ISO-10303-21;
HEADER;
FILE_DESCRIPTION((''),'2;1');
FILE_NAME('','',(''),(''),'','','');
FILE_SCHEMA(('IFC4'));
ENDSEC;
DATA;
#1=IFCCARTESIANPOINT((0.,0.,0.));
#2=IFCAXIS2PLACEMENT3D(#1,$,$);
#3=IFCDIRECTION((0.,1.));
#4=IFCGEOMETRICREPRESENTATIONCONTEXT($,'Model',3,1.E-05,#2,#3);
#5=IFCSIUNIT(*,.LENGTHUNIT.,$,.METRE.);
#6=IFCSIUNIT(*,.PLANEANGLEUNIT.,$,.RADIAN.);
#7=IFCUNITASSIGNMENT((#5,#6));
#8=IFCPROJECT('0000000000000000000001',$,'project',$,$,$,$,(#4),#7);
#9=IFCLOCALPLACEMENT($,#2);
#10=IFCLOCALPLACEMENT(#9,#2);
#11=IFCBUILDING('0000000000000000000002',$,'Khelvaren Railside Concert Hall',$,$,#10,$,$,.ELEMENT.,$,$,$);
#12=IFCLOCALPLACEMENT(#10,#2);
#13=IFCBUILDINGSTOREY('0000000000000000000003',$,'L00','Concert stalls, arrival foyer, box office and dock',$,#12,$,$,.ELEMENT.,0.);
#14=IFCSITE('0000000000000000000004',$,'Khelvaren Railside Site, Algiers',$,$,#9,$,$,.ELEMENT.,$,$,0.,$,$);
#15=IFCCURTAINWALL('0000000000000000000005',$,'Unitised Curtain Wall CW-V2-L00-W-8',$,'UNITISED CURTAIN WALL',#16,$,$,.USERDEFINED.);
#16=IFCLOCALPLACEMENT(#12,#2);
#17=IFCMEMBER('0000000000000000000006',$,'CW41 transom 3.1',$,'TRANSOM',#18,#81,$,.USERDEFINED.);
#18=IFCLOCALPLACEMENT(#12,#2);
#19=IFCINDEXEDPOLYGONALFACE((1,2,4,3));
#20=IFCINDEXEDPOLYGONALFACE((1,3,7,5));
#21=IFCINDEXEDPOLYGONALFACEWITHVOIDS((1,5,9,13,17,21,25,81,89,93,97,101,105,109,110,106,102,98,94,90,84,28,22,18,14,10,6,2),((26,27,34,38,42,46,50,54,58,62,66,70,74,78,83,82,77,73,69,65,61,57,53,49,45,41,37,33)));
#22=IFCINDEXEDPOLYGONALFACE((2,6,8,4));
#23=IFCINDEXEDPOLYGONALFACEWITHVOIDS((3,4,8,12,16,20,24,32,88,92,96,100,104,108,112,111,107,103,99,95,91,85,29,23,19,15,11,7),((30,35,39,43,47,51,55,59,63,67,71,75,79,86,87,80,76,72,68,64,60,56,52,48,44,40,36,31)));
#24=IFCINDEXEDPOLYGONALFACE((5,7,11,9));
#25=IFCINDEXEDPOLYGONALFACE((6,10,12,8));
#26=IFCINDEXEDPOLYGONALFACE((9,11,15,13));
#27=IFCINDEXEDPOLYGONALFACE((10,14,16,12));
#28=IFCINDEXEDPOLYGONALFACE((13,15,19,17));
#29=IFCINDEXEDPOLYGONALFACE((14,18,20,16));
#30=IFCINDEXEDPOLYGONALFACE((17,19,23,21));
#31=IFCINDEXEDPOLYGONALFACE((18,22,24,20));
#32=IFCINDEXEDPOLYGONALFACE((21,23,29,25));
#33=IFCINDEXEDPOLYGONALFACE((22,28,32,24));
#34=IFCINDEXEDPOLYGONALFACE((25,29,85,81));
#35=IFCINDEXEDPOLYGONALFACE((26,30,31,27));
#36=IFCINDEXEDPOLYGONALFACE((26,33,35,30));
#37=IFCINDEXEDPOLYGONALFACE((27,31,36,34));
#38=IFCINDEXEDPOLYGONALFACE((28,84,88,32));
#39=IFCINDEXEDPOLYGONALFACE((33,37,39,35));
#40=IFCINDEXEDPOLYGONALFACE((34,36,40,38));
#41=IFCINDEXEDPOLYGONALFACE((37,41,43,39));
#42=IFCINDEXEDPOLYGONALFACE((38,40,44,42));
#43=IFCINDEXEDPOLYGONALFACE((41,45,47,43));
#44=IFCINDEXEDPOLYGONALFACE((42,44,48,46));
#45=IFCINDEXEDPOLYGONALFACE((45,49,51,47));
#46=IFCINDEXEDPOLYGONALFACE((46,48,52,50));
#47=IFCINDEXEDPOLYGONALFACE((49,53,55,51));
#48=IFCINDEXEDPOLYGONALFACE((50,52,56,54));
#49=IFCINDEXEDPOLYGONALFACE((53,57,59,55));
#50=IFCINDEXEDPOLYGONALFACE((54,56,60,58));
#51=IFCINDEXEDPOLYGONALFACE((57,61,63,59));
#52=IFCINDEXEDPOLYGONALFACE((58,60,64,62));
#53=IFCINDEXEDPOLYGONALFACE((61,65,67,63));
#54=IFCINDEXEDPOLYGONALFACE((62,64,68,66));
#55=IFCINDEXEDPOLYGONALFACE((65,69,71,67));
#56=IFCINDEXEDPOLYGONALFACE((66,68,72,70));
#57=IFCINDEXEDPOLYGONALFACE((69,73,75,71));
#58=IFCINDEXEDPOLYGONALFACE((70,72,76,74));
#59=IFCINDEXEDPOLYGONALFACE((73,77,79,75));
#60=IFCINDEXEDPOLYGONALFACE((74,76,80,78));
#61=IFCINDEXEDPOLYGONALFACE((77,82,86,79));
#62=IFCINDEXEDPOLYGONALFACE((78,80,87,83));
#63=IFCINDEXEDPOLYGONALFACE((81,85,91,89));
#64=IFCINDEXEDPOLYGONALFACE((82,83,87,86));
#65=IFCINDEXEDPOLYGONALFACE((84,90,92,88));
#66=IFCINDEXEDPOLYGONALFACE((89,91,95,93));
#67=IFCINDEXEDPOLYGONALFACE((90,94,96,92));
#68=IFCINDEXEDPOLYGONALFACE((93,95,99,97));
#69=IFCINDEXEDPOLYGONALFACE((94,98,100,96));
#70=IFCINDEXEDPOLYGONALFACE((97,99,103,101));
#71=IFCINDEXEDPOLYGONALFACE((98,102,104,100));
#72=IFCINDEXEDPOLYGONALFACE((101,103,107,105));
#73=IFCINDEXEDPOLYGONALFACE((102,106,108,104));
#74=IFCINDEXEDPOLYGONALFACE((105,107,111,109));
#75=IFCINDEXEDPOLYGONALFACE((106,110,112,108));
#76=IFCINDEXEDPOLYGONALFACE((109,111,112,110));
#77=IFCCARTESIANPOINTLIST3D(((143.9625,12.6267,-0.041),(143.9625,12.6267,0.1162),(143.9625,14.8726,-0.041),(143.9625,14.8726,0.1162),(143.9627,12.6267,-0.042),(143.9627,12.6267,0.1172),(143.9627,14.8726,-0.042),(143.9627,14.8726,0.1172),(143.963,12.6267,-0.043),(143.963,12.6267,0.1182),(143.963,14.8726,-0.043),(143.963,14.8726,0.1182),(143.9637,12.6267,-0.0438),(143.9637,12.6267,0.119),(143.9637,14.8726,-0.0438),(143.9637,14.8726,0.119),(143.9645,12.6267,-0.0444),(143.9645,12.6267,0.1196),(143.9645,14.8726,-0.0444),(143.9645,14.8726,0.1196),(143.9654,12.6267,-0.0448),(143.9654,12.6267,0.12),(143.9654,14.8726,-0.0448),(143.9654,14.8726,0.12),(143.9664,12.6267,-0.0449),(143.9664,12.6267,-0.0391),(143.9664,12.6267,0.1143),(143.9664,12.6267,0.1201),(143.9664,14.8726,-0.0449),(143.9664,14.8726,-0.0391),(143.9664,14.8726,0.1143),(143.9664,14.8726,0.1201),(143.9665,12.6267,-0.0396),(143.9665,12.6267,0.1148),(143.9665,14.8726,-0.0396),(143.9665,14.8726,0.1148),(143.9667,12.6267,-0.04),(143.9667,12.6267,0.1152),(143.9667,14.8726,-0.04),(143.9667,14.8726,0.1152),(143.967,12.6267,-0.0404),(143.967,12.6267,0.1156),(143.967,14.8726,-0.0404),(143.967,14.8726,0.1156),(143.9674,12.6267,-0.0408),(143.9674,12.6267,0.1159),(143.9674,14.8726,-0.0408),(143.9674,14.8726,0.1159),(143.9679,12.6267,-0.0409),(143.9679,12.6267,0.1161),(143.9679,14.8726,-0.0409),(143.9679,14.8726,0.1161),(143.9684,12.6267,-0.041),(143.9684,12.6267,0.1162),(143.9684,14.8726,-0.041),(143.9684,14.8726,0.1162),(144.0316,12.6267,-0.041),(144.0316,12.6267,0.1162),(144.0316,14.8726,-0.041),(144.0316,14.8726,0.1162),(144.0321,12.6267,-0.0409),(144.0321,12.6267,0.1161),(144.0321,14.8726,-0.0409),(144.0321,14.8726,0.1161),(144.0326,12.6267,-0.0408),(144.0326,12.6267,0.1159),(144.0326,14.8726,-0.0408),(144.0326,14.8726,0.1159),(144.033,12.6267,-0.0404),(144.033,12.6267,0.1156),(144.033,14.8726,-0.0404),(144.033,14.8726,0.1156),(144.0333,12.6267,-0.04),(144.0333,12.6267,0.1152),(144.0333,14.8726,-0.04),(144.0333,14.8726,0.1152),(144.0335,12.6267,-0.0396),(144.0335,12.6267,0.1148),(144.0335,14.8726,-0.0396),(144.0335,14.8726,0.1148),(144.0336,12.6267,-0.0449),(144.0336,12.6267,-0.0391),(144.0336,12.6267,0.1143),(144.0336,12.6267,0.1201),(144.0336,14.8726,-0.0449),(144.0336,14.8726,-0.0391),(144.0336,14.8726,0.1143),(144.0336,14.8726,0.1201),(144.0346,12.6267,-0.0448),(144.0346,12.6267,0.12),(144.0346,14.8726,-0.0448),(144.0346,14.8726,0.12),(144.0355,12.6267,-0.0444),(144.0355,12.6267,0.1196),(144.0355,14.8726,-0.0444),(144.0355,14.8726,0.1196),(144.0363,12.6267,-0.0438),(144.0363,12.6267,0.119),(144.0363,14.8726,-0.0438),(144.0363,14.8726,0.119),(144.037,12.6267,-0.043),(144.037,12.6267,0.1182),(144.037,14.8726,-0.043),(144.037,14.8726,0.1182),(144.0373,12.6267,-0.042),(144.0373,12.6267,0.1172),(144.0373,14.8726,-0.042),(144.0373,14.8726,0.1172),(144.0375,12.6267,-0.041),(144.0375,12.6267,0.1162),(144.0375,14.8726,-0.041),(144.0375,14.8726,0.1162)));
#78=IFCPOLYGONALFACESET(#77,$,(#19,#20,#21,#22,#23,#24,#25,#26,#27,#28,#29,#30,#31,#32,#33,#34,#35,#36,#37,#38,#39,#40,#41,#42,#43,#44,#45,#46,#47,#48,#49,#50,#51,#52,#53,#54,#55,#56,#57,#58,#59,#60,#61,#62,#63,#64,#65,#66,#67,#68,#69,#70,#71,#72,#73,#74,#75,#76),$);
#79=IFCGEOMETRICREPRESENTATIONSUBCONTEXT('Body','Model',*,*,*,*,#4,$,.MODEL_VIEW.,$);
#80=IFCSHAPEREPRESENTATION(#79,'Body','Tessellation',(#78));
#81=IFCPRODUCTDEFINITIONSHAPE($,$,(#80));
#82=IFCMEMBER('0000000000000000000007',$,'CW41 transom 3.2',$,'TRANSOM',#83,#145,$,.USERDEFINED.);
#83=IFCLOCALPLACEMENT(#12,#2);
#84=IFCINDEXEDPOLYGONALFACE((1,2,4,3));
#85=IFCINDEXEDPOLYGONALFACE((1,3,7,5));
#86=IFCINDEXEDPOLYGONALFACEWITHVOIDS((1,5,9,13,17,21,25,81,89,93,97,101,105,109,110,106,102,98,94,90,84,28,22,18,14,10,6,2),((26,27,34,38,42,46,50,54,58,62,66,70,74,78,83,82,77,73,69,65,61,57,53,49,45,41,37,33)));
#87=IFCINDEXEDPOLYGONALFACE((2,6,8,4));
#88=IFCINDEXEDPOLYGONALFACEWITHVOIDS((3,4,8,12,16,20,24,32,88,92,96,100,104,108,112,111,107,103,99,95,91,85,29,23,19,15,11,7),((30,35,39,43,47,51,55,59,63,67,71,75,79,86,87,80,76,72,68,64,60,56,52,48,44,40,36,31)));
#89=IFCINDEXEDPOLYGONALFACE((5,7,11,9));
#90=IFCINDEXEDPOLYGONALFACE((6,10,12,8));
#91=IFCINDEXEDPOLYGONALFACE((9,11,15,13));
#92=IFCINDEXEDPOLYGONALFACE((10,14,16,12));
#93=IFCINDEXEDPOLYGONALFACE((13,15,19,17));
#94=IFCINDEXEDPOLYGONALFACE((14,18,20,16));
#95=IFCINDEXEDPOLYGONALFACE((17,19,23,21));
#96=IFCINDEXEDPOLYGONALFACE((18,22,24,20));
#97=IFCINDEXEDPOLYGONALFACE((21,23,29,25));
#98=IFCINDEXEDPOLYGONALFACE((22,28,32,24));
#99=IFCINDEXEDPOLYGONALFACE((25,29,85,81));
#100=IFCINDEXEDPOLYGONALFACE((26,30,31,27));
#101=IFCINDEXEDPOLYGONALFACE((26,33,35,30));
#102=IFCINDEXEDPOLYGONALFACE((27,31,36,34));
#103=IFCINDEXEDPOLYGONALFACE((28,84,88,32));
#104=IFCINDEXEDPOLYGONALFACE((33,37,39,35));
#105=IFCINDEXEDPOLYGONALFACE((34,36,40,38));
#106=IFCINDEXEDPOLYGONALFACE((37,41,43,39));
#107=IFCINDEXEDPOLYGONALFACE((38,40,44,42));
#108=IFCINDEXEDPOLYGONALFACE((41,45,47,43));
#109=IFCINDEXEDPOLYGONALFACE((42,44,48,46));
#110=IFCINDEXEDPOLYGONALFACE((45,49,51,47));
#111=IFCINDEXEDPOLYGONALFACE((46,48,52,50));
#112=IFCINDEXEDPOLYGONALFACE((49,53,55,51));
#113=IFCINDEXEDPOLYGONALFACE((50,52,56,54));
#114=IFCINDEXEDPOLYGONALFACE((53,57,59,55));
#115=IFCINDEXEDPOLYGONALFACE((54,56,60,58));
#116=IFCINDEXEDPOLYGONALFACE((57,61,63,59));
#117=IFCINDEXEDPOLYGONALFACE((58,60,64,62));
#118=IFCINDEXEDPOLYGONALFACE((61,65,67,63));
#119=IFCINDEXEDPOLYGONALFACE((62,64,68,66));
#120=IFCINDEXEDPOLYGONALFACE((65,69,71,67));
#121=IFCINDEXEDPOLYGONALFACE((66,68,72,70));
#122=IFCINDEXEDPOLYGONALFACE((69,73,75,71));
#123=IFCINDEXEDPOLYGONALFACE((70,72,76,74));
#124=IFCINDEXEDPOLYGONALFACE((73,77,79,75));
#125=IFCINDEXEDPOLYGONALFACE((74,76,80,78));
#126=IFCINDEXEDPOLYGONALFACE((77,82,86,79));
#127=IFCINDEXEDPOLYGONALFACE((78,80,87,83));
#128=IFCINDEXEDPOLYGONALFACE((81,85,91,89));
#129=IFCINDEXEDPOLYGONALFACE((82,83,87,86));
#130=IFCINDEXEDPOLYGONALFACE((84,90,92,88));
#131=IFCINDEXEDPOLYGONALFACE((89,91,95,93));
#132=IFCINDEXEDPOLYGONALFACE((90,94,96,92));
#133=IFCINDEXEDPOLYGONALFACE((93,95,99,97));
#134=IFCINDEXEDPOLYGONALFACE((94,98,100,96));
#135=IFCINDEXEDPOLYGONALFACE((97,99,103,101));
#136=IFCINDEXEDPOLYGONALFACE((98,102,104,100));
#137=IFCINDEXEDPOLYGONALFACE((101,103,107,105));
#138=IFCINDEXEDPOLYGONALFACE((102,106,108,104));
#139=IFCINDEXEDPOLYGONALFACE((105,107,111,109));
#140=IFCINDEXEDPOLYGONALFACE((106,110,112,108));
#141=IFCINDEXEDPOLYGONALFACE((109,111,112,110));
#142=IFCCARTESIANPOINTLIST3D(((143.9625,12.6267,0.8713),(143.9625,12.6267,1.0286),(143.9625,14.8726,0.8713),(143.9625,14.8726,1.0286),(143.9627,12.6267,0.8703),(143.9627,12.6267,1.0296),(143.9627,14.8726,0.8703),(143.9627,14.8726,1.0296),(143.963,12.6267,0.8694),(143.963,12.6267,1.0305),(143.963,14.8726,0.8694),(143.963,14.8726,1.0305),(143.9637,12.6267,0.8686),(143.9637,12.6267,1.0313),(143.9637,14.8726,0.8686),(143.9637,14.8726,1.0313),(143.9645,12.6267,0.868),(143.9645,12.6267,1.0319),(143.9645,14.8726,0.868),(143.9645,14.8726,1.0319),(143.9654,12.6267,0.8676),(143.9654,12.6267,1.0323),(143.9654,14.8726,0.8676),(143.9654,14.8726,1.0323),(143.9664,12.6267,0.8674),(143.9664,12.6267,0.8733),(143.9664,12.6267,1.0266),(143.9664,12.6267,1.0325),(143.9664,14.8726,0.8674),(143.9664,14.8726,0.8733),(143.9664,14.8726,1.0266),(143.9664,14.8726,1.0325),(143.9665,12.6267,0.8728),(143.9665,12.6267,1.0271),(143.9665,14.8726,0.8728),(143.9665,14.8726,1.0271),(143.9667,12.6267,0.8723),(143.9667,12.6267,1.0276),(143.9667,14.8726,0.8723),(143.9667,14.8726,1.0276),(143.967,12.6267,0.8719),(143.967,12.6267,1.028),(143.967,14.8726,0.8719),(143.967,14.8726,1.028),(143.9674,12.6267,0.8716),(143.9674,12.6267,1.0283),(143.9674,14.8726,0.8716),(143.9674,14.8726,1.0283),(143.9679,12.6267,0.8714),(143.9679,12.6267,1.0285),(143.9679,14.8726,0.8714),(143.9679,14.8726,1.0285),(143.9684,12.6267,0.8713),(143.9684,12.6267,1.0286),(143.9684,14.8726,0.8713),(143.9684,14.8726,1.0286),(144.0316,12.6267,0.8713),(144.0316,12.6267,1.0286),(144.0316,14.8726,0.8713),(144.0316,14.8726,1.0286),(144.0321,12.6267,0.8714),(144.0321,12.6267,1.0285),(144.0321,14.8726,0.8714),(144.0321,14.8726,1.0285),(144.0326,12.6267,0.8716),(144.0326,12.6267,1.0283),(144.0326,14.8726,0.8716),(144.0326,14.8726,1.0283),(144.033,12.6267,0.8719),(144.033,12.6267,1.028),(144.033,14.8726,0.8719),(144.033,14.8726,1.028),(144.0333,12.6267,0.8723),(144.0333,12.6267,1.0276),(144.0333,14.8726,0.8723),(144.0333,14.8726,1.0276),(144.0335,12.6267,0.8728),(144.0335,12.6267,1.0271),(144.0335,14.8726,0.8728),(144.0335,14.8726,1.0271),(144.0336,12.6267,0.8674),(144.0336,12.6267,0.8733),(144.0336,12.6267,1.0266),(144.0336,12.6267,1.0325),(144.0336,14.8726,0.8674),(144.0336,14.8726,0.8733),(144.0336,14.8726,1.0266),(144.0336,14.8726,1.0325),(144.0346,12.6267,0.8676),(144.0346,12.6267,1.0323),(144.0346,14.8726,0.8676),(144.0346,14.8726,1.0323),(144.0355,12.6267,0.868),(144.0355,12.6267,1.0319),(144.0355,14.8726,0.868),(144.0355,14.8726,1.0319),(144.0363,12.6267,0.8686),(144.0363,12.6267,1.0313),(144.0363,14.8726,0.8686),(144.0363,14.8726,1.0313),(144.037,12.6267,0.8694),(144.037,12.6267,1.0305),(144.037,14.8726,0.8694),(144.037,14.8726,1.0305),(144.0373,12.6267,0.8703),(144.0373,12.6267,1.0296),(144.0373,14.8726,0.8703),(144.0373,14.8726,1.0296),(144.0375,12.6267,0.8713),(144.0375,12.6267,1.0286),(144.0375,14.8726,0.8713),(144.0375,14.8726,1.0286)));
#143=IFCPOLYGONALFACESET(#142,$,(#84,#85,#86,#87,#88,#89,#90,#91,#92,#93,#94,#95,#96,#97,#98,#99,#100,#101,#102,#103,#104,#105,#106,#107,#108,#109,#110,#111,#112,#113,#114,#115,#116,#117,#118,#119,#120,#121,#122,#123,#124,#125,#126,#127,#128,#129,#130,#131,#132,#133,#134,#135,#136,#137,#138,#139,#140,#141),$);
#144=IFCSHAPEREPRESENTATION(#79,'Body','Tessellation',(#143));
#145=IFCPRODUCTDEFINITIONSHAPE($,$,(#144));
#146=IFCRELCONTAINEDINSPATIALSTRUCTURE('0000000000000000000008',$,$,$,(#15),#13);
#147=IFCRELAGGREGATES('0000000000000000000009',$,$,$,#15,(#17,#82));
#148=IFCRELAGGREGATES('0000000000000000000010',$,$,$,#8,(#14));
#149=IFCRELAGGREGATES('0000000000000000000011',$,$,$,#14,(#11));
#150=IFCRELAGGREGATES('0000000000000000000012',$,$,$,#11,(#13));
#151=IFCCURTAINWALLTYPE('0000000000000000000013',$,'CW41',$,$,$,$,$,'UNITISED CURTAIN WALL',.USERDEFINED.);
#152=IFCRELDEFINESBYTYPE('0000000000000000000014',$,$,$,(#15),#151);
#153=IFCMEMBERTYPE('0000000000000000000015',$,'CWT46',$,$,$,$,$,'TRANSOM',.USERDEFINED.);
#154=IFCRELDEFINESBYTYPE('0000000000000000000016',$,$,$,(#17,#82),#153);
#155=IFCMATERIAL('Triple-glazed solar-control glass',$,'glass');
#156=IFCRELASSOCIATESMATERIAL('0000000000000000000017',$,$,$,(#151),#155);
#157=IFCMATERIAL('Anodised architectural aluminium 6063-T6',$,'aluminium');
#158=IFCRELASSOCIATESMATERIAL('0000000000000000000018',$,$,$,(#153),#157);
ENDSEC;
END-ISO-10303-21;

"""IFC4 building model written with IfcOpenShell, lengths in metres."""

from ifc_helpers import new_model, si_unit, direction, frame, origin, origin_2d, place, context, subcontext, project, spatial, hollow_rectangle, extrude, material, material_profile, profile_set, type_object, element, aggregate, save


model = new_model("IFC4")

# Units and contexts
model_context = context("Model", 3, precision=1e-05, world=origin(), true_north=direction((0.0, 1.0)))
body_context = subcontext(model_context, "Body", "Model", "MODEL_VIEW")
ifc_project = project(units=[si_unit("LENGTHUNIT", "METRE"), si_unit("PLANEANGLEUNIT", "RADIAN")], contexts=[model_context])

# Site, building, storey
site_placement = place(None, origin())
site = spatial("IfcSite", under=ifc_project, at=site_placement, Name="Khelvaren Railside Site, Algiers", CompositionType="ELEMENT", RefElevation=0.0)
building_placement = place(site_placement, origin())
building = spatial("IfcBuilding", under=site, at=building_placement, Name="Khelvaren Railside Concert Hall", CompositionType="ELEMENT")
storey_placement = place(building_placement, origin())
storey = spatial("IfcBuildingStorey", under=building, at=storey_placement, Name="L00", Description="Concert stalls, arrival foyer, box office and dock", CompositionType="ELEMENT", Elevation=0.0)

# Curtain wall, members
ifc_material_1 = material(Name="Triple-glazed solar-control glass", Category="glass")
curtain_wall_type = type_object("IfcCurtainWallType", Name="CW41", ElementType="UNITISED CURTAIN WALL", PredefinedType="USERDEFINED", material=ifc_material_1)
curtain_wall_placement = place(storey_placement, origin())
curtain_wall = element("IfcCurtainWall", 1, at=curtain_wall_placement, inside=storey, type_object=curtain_wall_type, Name="Unitised Curtain Wall CW-V2-L00-W-8", ObjectType="UNITISED CURTAIN WALL", PredefinedType="USERDEFINED")
ifc_material_2 = material(Name="Anodised architectural aluminium 6063-T6", Category="aluminium")
ifc_material_profile_1 = material_profile(ifc_material_2, hollow_rectangle(XDim=0.075, YDim=0.165, WallThickness=0.0039, InnerFilletRadius=0.002, OuterFilletRadius=0.0039, at=origin_2d()), Name="CWT 75x165x4")
ifc_profile_set_1 = profile_set([ifc_material_profile_1], Name="Anodised architectural aluminium 6063-T6")
member_type_1 = type_object("IfcMemberType", Name="CWT46", ElementType="TRANSOM", PredefinedType="USERDEFINED", material=ifc_profile_set_1)
member_1_placement = place(storey_placement, frame((144.0, 12.6267, 0.0376), z_axis=(0.0, 1.0, 0.0), x_axis=(-1.0, 0.0, 0.0)))
member_1 = element("IfcMember", 2, at=member_1_placement, type_object=member_type_1, Name="CW41 transom 3.1", ObjectType="TRANSOM", PredefinedType="USERDEFINED", context=body_context, shape_type="SweptSolid", body=[
    extrude(hollow_rectangle(XDim=0.075, YDim=0.165, WallThickness=0.0039, InnerFilletRadius=0.002, OuterFilletRadius=0.0039, at=origin_2d()), origin(), (0.0, 0.0, 1.0), 2.2458),
])
member_2_placement = place(storey_placement, frame((144.0, 12.6267, 0.95), z_axis=(0.0, 1.0, 0.0), x_axis=(-1.0, 0.0, 0.0)))
member_2 = element("IfcMember", 3, at=member_2_placement, type_object=member_type_1, Name="CW41 transom 3.2", ObjectType="TRANSOM", PredefinedType="USERDEFINED", context=body_context, shape_type="SweptSolid", body=[
    extrude(hollow_rectangle(XDim=0.075, YDim=0.165, WallThickness=0.0039, InnerFilletRadius=0.002, OuterFilletRadius=0.0039, at=origin_2d()), origin(), (0.0, 0.0, 1.0), 2.2458),
])

aggregate(curtain_wall, [member_1, member_2])

save(model, "model.ifc")
